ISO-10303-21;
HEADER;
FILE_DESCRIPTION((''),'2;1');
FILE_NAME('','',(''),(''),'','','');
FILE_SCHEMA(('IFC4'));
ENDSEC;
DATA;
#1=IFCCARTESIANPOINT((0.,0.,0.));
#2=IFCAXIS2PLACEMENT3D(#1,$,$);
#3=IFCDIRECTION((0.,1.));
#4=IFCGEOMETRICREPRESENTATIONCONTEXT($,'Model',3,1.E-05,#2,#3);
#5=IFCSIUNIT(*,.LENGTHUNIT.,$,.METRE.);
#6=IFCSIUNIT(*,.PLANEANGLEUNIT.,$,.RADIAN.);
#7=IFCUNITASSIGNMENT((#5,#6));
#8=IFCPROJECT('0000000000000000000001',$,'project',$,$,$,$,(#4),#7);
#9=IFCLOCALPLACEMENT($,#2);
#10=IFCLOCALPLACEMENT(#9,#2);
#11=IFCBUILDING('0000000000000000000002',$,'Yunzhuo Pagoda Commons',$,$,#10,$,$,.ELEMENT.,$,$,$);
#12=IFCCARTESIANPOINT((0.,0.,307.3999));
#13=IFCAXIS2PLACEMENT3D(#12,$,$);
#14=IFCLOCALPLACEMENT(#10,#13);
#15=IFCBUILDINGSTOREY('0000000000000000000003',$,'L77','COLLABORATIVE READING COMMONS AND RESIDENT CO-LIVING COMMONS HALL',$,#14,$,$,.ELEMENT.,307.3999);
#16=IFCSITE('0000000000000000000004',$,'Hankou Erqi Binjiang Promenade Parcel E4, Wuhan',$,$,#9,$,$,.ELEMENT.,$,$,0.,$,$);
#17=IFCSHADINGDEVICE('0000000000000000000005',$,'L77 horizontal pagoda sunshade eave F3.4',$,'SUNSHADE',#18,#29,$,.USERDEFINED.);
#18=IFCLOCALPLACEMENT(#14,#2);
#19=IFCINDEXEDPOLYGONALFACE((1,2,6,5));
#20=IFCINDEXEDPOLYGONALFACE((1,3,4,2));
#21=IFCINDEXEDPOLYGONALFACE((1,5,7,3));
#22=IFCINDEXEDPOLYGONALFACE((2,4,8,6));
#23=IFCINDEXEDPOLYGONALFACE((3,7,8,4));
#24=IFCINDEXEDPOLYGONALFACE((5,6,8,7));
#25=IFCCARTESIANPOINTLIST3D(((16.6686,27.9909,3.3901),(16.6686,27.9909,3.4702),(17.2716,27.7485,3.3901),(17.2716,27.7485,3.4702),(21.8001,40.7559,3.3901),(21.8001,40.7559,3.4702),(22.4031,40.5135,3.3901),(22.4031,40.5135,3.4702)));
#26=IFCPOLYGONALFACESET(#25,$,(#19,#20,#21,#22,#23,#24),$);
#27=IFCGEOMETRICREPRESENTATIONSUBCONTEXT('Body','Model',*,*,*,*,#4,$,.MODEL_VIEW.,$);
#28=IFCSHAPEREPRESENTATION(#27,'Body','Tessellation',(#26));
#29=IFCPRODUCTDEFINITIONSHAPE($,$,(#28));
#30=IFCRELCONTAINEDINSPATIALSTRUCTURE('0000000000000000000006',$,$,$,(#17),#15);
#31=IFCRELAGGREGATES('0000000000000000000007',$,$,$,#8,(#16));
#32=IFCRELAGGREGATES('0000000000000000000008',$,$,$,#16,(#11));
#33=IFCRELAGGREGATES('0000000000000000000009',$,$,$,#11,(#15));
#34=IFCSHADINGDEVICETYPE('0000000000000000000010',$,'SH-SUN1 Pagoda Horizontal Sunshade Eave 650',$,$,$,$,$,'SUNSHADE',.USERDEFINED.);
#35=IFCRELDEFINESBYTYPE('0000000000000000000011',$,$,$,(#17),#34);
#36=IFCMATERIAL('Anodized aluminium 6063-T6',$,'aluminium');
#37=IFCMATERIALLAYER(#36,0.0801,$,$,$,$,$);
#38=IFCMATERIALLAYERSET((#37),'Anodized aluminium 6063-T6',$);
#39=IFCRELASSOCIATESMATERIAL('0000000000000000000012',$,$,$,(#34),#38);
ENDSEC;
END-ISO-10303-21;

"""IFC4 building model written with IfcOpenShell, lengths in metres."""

from ifc_helpers import new_model, si_unit, direction, frame, origin, origin_2d, place, context, subcontext, project, spatial, rectangle, extrude, source, transform, mapped, material, layer, layer_set, type_object, element, save


model = new_model("IFC4")

# Units and contexts
model_context = context("Model", 3, precision=1e-05, world=origin(), true_north=direction((0.0, 1.0)))
body_context = subcontext(model_context, "Body", "Model", "MODEL_VIEW")
ifc_project = project(units=[si_unit("LENGTHUNIT", "METRE"), si_unit("PLANEANGLEUNIT", "RADIAN")], contexts=[model_context])

# Site, building, storey
site_placement = place(None, origin())
site = spatial("IfcSite", under=ifc_project, at=site_placement, Name="Hankou Erqi Binjiang Promenade Parcel E4, Wuhan", CompositionType="ELEMENT", RefElevation=0.0)
building_placement = place(site_placement, origin())
building = spatial("IfcBuilding", under=site, at=building_placement, Name="Yunzhuo Pagoda Commons", CompositionType="ELEMENT")
storey_placement = place(building_placement, frame((0.0, 0.0, 307.3999)))
storey = spatial("IfcBuildingStorey", under=building, at=storey_placement, Name="L77", Description="COLLABORATIVE READING COMMONS AND RESIDENT CO-LIVING COMMONS HALL", CompositionType="ELEMENT", Elevation=307.3999)

# Shared definitions
ifc_material_1 = material(Name="Anodized aluminium 6063-T6", Category="aluminium")

# Shading device
ifc_layer_1 = layer(ifc_material_1, 0.0801)
ifc_layer_set_1 = layer_set([ifc_layer_1], Name="Anodized aluminium 6063-T6")
shading_device_type = type_object("IfcShadingDeviceType", Name="SH-SUN1 Pagoda Horizontal Sunshade Eave 650", ElementType="SUNSHADE", PredefinedType="USERDEFINED", material=ifc_layer_set_1)
shared_shape_1 = source(origin(), body_context, "Body", "SweptSolid", [
    extrude(rectangle(XDim=13.7578, YDim=0.6499, at=origin_2d()), origin(), (0.0, 0.0, 1.0), 0.0801),
])
shading_device_placement = place(storey_placement, frame((19.5359, 34.2522, 3.3901), z_axis=(0.0, 0.0, 1.0), x_axis=(-0.372988, -0.927836, 0.0)))
element("IfcShadingDevice", 1, at=shading_device_placement, inside=storey, type_object=shading_device_type, Name="L77 horizontal pagoda sunshade eave F3.4", ObjectType="SUNSHADE", PredefinedType="USERDEFINED", context=body_context, shape_type="MappedRepresentation", body=[
    mapped(shared_shape_1, transform((0.0, 0.0, 0.0), scale=1.0)),
])

save(model, "model.ifc")
